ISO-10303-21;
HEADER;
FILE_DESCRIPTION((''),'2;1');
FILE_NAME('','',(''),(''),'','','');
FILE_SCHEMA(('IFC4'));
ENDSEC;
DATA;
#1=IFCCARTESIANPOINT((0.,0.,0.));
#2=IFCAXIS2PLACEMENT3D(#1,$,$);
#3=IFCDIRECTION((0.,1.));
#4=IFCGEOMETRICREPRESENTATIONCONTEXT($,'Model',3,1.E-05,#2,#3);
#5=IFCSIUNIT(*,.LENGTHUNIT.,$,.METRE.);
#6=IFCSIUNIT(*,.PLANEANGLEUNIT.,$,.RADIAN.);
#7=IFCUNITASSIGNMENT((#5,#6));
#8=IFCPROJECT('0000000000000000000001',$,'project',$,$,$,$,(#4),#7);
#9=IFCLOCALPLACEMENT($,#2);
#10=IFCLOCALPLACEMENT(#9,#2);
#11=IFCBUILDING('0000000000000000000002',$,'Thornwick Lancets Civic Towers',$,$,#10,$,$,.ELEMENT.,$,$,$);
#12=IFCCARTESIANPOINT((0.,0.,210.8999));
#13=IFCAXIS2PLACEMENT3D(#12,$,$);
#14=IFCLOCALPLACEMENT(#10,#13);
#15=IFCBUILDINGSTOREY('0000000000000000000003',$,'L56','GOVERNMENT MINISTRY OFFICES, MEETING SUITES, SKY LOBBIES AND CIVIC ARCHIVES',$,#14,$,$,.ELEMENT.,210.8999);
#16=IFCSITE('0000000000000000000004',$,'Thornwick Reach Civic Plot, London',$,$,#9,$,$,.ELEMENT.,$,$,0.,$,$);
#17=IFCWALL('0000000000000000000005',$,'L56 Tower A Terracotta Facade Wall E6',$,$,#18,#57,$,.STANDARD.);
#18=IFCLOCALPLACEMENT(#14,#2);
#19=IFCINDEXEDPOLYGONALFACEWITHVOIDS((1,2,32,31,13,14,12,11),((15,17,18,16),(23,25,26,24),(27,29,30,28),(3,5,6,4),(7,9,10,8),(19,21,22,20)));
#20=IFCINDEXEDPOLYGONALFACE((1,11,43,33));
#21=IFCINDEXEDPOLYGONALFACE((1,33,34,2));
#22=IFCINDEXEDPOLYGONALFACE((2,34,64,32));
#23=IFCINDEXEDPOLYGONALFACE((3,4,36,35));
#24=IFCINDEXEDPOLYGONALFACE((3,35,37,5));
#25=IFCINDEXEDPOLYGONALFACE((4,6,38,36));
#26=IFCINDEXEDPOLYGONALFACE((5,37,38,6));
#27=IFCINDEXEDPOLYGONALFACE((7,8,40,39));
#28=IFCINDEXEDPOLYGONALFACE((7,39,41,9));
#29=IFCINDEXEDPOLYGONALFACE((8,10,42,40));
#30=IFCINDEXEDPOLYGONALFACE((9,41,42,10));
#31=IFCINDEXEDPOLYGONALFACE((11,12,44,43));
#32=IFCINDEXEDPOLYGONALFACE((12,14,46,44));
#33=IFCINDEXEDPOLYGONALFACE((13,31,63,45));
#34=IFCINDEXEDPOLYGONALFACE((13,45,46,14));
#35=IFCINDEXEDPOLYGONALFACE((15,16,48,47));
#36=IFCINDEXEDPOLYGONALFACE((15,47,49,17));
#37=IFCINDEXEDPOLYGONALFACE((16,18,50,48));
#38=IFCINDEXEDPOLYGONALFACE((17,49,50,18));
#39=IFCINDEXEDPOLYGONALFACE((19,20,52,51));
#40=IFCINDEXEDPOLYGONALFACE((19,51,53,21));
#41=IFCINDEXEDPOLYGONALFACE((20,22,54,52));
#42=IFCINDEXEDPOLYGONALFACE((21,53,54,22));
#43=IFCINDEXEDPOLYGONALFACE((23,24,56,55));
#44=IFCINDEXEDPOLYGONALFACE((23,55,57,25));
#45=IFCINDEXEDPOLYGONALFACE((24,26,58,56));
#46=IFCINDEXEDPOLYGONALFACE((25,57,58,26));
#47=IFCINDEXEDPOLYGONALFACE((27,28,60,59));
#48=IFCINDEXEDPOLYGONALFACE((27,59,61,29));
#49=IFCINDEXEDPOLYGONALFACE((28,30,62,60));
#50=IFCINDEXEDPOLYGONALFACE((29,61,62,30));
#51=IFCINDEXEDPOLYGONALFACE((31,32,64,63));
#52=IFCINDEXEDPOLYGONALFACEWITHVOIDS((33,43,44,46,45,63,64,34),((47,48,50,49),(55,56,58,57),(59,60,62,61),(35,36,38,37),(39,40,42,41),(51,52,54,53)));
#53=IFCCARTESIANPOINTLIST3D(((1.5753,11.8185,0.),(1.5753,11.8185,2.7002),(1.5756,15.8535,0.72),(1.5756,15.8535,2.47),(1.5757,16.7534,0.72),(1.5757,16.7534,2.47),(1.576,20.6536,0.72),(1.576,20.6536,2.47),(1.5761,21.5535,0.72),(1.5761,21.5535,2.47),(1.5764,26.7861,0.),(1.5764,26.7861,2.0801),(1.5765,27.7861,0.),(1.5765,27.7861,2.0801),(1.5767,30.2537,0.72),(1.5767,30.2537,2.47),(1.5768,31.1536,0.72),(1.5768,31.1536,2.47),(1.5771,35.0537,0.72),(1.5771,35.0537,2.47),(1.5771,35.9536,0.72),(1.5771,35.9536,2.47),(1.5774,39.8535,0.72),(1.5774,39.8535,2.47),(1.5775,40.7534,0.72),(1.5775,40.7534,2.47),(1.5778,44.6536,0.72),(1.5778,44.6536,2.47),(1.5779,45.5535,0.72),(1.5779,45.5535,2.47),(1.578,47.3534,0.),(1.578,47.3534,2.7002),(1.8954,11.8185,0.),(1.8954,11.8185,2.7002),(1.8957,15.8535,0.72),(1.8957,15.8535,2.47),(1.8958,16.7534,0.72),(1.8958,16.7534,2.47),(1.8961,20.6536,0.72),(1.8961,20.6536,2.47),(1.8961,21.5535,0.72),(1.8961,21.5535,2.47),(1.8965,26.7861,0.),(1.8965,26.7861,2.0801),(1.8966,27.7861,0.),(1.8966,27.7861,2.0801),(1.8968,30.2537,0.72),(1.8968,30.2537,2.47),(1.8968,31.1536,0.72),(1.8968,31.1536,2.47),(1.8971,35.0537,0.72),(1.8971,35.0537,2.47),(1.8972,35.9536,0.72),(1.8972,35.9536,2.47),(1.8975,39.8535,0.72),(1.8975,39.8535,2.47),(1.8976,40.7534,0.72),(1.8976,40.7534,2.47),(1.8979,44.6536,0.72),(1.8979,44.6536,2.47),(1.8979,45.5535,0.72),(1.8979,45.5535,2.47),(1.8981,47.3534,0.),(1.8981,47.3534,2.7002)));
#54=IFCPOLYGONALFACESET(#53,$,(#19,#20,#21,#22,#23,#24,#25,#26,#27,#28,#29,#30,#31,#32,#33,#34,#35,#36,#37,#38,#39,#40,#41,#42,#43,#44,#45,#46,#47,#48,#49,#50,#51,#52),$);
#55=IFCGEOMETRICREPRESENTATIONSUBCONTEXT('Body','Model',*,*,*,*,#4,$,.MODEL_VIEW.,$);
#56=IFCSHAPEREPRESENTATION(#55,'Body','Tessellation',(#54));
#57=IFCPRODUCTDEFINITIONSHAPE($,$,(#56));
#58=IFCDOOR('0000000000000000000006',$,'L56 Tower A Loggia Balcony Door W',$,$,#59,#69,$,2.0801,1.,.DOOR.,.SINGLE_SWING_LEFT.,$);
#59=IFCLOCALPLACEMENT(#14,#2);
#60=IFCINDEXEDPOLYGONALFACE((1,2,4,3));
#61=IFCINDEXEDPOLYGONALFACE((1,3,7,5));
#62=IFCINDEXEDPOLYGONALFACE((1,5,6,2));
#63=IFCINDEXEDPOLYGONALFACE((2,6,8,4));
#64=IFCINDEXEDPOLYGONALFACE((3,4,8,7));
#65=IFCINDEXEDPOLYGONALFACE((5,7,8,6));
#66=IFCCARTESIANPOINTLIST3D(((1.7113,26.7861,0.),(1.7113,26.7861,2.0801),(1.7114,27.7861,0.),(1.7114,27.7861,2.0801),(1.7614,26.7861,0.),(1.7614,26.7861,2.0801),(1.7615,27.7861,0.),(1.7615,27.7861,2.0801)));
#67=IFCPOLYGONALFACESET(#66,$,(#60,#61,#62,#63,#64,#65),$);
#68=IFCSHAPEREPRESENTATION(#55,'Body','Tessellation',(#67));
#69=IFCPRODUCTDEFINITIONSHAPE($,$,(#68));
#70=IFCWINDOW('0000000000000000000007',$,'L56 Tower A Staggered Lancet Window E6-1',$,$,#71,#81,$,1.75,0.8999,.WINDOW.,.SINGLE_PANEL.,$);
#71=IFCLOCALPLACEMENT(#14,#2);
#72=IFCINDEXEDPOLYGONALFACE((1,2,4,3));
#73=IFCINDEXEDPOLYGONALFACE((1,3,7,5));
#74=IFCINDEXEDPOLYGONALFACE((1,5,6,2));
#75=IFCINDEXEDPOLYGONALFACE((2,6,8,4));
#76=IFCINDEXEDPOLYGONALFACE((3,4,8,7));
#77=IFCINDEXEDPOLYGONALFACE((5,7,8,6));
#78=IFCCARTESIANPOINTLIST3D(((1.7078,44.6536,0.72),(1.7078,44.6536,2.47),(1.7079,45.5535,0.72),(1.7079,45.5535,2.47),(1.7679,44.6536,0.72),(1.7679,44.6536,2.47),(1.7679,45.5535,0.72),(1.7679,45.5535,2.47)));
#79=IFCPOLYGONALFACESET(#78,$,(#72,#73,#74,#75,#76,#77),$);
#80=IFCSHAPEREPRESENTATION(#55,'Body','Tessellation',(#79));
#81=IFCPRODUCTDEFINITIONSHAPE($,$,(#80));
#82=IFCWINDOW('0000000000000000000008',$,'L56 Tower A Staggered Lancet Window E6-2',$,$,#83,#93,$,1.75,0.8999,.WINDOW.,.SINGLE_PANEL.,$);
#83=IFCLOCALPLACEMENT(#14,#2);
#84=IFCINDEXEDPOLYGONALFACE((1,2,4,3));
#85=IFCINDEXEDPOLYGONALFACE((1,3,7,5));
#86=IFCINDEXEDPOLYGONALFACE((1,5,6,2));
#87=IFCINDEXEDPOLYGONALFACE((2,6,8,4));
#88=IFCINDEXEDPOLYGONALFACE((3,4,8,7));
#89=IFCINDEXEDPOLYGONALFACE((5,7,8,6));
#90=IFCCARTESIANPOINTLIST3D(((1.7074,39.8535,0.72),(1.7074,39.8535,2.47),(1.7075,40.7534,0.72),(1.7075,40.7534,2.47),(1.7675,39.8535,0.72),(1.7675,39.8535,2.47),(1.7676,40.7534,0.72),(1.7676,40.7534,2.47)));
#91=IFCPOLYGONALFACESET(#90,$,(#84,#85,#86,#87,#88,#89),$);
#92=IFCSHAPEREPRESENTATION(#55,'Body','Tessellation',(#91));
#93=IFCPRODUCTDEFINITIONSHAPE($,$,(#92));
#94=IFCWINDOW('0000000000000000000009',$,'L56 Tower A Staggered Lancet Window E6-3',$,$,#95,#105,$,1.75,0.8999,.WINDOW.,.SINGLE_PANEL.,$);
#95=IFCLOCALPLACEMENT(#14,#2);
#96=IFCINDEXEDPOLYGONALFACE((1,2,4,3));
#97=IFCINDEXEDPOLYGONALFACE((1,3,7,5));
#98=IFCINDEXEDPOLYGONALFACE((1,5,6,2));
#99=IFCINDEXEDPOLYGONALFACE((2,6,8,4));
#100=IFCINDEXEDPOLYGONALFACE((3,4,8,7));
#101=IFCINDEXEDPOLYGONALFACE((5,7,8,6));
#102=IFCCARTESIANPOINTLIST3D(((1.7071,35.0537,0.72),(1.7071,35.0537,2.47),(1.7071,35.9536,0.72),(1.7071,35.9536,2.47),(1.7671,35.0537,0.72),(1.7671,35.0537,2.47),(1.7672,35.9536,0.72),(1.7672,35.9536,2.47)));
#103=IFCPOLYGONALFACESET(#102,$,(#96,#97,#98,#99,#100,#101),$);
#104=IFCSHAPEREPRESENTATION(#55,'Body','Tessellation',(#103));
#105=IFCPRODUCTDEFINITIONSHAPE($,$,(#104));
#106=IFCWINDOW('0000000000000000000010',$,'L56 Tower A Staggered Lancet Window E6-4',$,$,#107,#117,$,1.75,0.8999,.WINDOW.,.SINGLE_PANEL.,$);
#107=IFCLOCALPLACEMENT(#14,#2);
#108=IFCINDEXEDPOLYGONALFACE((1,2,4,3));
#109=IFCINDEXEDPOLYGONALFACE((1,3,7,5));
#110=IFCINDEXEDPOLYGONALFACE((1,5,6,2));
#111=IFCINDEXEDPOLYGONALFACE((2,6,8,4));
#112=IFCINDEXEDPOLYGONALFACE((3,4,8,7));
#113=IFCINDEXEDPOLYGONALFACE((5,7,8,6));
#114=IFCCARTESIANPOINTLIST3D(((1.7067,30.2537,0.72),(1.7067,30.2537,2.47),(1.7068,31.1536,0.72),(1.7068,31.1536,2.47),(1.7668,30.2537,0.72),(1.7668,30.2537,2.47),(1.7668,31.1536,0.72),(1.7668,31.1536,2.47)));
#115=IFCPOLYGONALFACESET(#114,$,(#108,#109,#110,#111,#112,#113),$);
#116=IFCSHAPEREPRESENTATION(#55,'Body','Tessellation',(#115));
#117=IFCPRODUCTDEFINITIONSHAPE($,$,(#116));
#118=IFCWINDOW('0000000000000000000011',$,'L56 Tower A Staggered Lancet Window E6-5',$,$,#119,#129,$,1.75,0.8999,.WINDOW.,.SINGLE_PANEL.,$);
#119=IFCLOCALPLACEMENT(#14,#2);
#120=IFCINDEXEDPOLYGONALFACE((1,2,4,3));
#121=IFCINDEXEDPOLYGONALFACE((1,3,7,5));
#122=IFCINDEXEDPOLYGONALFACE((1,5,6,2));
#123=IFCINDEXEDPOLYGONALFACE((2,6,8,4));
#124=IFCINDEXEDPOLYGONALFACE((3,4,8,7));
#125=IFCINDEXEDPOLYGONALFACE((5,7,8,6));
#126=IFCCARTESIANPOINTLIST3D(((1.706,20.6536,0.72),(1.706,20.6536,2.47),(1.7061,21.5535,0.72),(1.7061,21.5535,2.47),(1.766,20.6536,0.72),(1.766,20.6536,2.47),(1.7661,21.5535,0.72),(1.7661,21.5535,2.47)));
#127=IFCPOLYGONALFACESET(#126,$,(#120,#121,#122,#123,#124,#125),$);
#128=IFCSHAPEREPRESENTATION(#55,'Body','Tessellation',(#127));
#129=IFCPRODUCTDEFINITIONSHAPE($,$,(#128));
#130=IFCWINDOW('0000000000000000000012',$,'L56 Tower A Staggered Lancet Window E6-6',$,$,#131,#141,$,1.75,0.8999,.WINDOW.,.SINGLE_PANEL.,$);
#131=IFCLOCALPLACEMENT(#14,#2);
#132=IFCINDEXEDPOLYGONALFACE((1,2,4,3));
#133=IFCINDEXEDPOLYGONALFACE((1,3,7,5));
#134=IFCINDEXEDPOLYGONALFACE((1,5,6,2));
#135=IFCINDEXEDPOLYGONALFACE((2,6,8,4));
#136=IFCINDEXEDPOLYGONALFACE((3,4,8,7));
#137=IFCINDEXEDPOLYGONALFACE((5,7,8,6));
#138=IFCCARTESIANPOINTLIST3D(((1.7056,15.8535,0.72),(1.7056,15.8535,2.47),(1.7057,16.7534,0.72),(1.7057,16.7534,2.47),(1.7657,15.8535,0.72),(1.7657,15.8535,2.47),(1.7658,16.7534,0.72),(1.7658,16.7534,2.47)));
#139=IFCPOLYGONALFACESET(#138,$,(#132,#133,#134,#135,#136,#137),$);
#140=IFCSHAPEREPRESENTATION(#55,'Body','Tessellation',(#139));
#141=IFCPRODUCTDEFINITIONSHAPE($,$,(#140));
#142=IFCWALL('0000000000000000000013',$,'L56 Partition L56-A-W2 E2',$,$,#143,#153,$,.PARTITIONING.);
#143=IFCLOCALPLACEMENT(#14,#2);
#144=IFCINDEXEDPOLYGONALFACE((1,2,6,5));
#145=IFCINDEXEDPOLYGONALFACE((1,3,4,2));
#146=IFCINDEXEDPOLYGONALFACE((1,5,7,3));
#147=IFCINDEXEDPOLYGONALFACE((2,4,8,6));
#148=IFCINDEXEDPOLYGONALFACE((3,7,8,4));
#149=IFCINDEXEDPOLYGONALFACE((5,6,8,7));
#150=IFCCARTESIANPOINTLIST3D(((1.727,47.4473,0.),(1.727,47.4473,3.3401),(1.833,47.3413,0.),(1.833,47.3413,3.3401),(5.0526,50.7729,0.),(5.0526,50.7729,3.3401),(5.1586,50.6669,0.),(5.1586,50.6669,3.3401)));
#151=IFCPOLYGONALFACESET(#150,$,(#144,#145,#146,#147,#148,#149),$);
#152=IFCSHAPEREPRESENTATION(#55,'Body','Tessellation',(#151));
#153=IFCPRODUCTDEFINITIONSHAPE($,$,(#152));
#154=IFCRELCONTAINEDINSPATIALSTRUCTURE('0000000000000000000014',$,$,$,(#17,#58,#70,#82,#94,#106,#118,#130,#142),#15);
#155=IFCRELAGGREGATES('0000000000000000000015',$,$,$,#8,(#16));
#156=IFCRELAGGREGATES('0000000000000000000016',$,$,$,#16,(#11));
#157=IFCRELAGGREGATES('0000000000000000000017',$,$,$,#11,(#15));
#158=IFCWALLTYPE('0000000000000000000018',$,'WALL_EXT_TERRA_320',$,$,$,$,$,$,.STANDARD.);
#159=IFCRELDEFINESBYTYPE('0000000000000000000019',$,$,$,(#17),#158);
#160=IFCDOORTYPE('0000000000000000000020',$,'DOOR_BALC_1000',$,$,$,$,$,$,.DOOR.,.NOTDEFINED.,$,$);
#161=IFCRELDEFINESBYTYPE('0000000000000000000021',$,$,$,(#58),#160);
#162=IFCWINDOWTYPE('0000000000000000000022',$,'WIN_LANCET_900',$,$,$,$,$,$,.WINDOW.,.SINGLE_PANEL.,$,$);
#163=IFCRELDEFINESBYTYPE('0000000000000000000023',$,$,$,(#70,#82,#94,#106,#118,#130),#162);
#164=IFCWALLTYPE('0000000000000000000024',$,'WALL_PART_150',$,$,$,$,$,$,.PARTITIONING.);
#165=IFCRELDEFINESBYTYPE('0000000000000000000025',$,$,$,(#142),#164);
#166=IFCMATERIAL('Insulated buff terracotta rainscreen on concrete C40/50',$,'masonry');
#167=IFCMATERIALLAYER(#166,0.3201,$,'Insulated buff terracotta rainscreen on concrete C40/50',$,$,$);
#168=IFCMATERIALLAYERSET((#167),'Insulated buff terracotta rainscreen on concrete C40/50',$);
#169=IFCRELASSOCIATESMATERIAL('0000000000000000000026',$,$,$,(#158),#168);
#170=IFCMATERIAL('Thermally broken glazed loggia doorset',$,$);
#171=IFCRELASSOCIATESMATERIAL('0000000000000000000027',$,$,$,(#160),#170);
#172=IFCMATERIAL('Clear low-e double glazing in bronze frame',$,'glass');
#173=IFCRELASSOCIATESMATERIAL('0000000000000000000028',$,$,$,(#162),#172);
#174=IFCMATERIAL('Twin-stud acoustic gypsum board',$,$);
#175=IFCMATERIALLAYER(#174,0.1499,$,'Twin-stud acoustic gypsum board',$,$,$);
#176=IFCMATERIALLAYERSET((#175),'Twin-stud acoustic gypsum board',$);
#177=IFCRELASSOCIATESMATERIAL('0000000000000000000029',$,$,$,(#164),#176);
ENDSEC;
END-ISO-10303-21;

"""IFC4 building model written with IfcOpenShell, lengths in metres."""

from ifc_helpers import new_model, si_unit, direction, frame, frame_2d, origin, place, context, subcontext, project, spatial, rectangle, extrude, material, layer, layer_set, type_object, element, fill, save


model = new_model("IFC4")

# Units and contexts
model_context = context("Model", 3, precision=1e-05, world=origin(), true_north=direction((0.0, 1.0)))
body_context = subcontext(model_context, "Body", "Model", "MODEL_VIEW")
ifc_project = project(units=[si_unit("LENGTHUNIT", "METRE"), si_unit("PLANEANGLEUNIT", "RADIAN")], contexts=[model_context])

# Site, building, storey
site_placement = place(None, origin())
site = spatial("IfcSite", under=ifc_project, at=site_placement, Name="Thornwick Reach Civic Plot, London", CompositionType="ELEMENT", RefElevation=0.0)
building_placement = place(site_placement, origin())
building = spatial("IfcBuilding", under=site, at=building_placement, Name="Thornwick Lancets Civic Towers", CompositionType="ELEMENT")
storey_placement = place(building_placement, frame((0.0, 0.0, 210.8999)))
storey = spatial("IfcBuildingStorey", under=building, at=storey_placement, Name="L56", Description="GOVERNMENT MINISTRY OFFICES, MEETING SUITES, SKY LOBBIES AND CIVIC ARCHIVES", CompositionType="ELEMENT", Elevation=210.8999)

# Wall, openings, door, windows
ifc_material_1 = material(Name="Insulated buff terracotta rainscreen on concrete C40/50", Category="masonry")
ifc_layer_1 = layer(ifc_material_1, 0.3201, Name="Insulated buff terracotta rainscreen on concrete C40/50")
ifc_layer_set_1 = layer_set([ifc_layer_1], Name="Insulated buff terracotta rainscreen on concrete C40/50")
wall_type_1 = type_object("IfcWallType", Name="WALL_EXT_TERRA_320", PredefinedType="STANDARD", material=ifc_layer_set_1)
wall_1_placement = place(storey_placement, frame((1.738, 47.3535, 0.0), z_axis=(0.0, 0.0, 1.0), x_axis=(-0.000076, -1.0, 0.0)))
wall_1 = element("IfcWall", 1, at=wall_1_placement, inside=storey, type_object=wall_type_1, Name="L56 Tower A Terracotta Facade Wall E6", PredefinedType="STANDARD", context=body_context, shape_type="SweptSolid", body=[
    extrude(rectangle(XDim=35.5349, YDim=0.3201, at=frame_2d((17.7676, 0.0))), origin(), (0.0, 0.0, 1.0), 2.7002),
])
opening_1_placement = place(wall_1_placement, frame((19.5674, 0.0, 0.0)))
opening_1 = element("IfcOpeningElement", 2, at=opening_1_placement, cuts=wall_1, PredefinedType="OPENING", context=body_context, shape_type="SweptSolid", body=[
    extrude(rectangle(XDim=1.0, YDim=2.0801, at=frame_2d((0.5, 1.04))), frame((0.0, 0.1699, 0.0), z_axis=(0.0, -1.0, 0.0), x_axis=(1.0, 0.0, 0.0)), (0.0, 0.0, 1.0), 0.3401),
])
opening_2_placement = place(wall_1_placement, frame((1.8, 0.0, 0.72)))
opening_2 = element("IfcOpeningElement", 3, at=opening_2_placement, cuts=wall_1, PredefinedType="OPENING", context=body_context, shape_type="SweptSolid", body=[
    extrude(rectangle(XDim=0.8999, YDim=1.75, at=frame_2d((0.45, 0.875))), frame((0.0, 0.1699, 0.0), z_axis=(0.0, -1.0, 0.0), x_axis=(1.0, 0.0, 0.0)), (0.0, 0.0, 1.0), 0.3401),
])
opening_3_placement = place(wall_1_placement, frame((6.6001, 0.0, 0.72)))
opening_3 = element("IfcOpeningElement", 4, at=opening_3_placement, cuts=wall_1, PredefinedType="OPENING", context=body_context, shape_type="SweptSolid", body=[
    extrude(rectangle(XDim=0.8999, YDim=1.75, at=frame_2d((0.45, 0.875))), frame((0.0, 0.1699, 0.0), z_axis=(0.0, -1.0, 0.0), x_axis=(1.0, 0.0, 0.0)), (0.0, 0.0, 1.0), 0.3401),
])
opening_4_placement = place(wall_1_placement, frame((11.3999, 0.0, 0.72)))
opening_4 = element("IfcOpeningElement", 5, at=opening_4_placement, cuts=wall_1, PredefinedType="OPENING", context=body_context, shape_type="SweptSolid", body=[
    extrude(rectangle(XDim=0.8999, YDim=1.75, at=frame_2d((0.45, 0.875))), frame((0.0, 0.1699, 0.0), z_axis=(0.0, -1.0, 0.0), x_axis=(1.0, 0.0, 0.0)), (0.0, 0.0, 1.0), 0.3401),
])
opening_5_placement = place(wall_1_placement, frame((16.2, 0.0, 0.72)))
opening_5 = element("IfcOpeningElement", 6, at=opening_5_placement, cuts=wall_1, PredefinedType="OPENING", context=body_context, shape_type="SweptSolid", body=[
    extrude(rectangle(XDim=0.8999, YDim=1.75, at=frame_2d((0.45, 0.875))), frame((0.0, 0.1699, 0.0), z_axis=(0.0, -1.0, 0.0), x_axis=(1.0, 0.0, 0.0)), (0.0, 0.0, 1.0), 0.3401),
])
opening_6_placement = place(wall_1_placement, frame((25.8, 0.0, 0.72)))
opening_6 = element("IfcOpeningElement", 7, at=opening_6_placement, cuts=wall_1, PredefinedType="OPENING", context=body_context, shape_type="SweptSolid", body=[
    extrude(rectangle(XDim=0.8999, YDim=1.75, at=frame_2d((0.45, 0.875))), frame((0.0, 0.1699, 0.0), z_axis=(0.0, -1.0, 0.0), x_axis=(1.0, 0.0, 0.0)), (0.0, 0.0, 1.0), 0.3401),
])
opening_7_placement = place(wall_1_placement, frame((30.6001, 0.0, 0.72)))
opening_7 = element("IfcOpeningElement", 8, at=opening_7_placement, cuts=wall_1, PredefinedType="OPENING", context=body_context, shape_type="SweptSolid", body=[
    extrude(rectangle(XDim=0.8999, YDim=1.75, at=frame_2d((0.45, 0.875))), frame((0.0, 0.1699, 0.0), z_axis=(0.0, -1.0, 0.0), x_axis=(1.0, 0.0, 0.0)), (0.0, 0.0, 1.0), 0.3401),
])
ifc_material_2 = material(Name="Thermally broken glazed loggia doorset")
door_type = type_object("IfcDoorType", Name="DOOR_BALC_1000", OperationType="NOTDEFINED", PredefinedType="DOOR", material=ifc_material_2)
door_placement = place(opening_1_placement, origin())
door = element("IfcDoor", 9, at=door_placement, inside=storey, type_object=door_type, Name="L56 Tower A Loggia Balcony Door W", OperationType="SINGLE_SWING_LEFT", OverallHeight=2.0801, OverallWidth=1.0, PredefinedType="DOOR", context=body_context, shape_type="SweptSolid", body=[
    extrude(rectangle(XDim=1.0, YDim=2.0801, at=frame_2d((0.5, 1.04))), frame((0.0, 0.0249, 0.0), z_axis=(0.0, -1.0, 0.0), x_axis=(1.0, 0.0, 0.0)), (0.0, 0.0, 1.0), 0.05),
])
fill(opening_1, door)
ifc_material_3 = material(Name="Clear low-e double glazing in bronze frame", Category="glass")
window_type = type_object("IfcWindowType", Name="WIN_LANCET_900", PartitioningType="SINGLE_PANEL", PredefinedType="WINDOW", material=ifc_material_3)
window_1_placement = place(opening_2_placement, origin())
window_1 = element("IfcWindow", 10, at=window_1_placement, inside=storey, type_object=window_type, Name="L56 Tower A Staggered Lancet Window E6-1", OverallHeight=1.75, OverallWidth=0.8999, PartitioningType="SINGLE_PANEL", PredefinedType="WINDOW", context=body_context, shape_type="SweptSolid", body=[
    extrude(rectangle(XDim=0.8999, YDim=1.75, at=frame_2d((0.45, 0.875))), frame((0.0, 0.03, 0.0), z_axis=(0.0, -1.0, 0.0), x_axis=(1.0, 0.0, 0.0)), (0.0, 0.0, 1.0), 0.0601),
])
fill(opening_2, window_1)
window_2_placement = place(opening_3_placement, origin())
window_2 = element("IfcWindow", 11, at=window_2_placement, inside=storey, type_object=window_type, Name="L56 Tower A Staggered Lancet Window E6-2", OverallHeight=1.75, OverallWidth=0.8999, PartitioningType="SINGLE_PANEL", PredefinedType="WINDOW", context=body_context, shape_type="SweptSolid", body=[
    extrude(rectangle(XDim=0.8999, YDim=1.75, at=frame_2d((0.45, 0.875))), frame((0.0, 0.03, 0.0), z_axis=(0.0, -1.0, 0.0), x_axis=(1.0, 0.0, 0.0)), (0.0, 0.0, 1.0), 0.0601),
])
fill(opening_3, window_2)
window_3_placement = place(opening_4_placement, origin())
window_3 = element("IfcWindow", 12, at=window_3_placement, inside=storey, type_object=window_type, Name="L56 Tower A Staggered Lancet Window E6-3", OverallHeight=1.75, OverallWidth=0.8999, PartitioningType="SINGLE_PANEL", PredefinedType="WINDOW", context=body_context, shape_type="SweptSolid", body=[
    extrude(rectangle(XDim=0.8999, YDim=1.75, at=frame_2d((0.45, 0.875))), frame((0.0, 0.03, 0.0), z_axis=(0.0, -1.0, 0.0), x_axis=(1.0, 0.0, 0.0)), (0.0, 0.0, 1.0), 0.0601),
])
fill(opening_4, window_3)
window_4_placement = place(opening_5_placement, origin())
window_4 = element("IfcWindow", 13, at=window_4_placement, inside=storey, type_object=window_type, Name="L56 Tower A Staggered Lancet Window E6-4", OverallHeight=1.75, OverallWidth=0.8999, PartitioningType="SINGLE_PANEL", PredefinedType="WINDOW", context=body_context, shape_type="SweptSolid", body=[
    extrude(rectangle(XDim=0.8999, YDim=1.75, at=frame_2d((0.45, 0.875))), frame((0.0, 0.03, 0.0), z_axis=(0.0, -1.0, 0.0), x_axis=(1.0, 0.0, 0.0)), (0.0, 0.0, 1.0), 0.0601),
])
fill(opening_5, window_4)
window_5_placement = place(opening_6_placement, origin())
window_5 = element("IfcWindow", 14, at=window_5_placement, inside=storey, type_object=window_type, Name="L56 Tower A Staggered Lancet Window E6-5", OverallHeight=1.75, OverallWidth=0.8999, PartitioningType="SINGLE_PANEL", PredefinedType="WINDOW", context=body_context, shape_type="SweptSolid", body=[
    extrude(rectangle(XDim=0.8999, YDim=1.75, at=frame_2d((0.45, 0.875))), frame((0.0, 0.03, 0.0), z_axis=(0.0, -1.0, 0.0), x_axis=(1.0, 0.0, 0.0)), (0.0, 0.0, 1.0), 0.0601),
])
fill(opening_6, window_5)
window_6_placement = place(opening_7_placement, origin())
window_6 = element("IfcWindow", 15, at=window_6_placement, inside=storey, type_object=window_type, Name="L56 Tower A Staggered Lancet Window E6-6", OverallHeight=1.75, OverallWidth=0.8999, PartitioningType="SINGLE_PANEL", PredefinedType="WINDOW", context=body_context, shape_type="SweptSolid", body=[
    extrude(rectangle(XDim=0.8999, YDim=1.75, at=frame_2d((0.45, 0.875))), frame((0.0, 0.03, 0.0), z_axis=(0.0, -1.0, 0.0), x_axis=(1.0, 0.0, 0.0)), (0.0, 0.0, 1.0), 0.0601),
])
fill(opening_7, window_6)

# Wall
ifc_material_4 = material(Name="Twin-stud acoustic gypsum board")
ifc_layer_2 = layer(ifc_material_4, 0.1499, Name="Twin-stud acoustic gypsum board")
ifc_layer_set_2 = layer_set([ifc_layer_2], Name="Twin-stud acoustic gypsum board")
wall_type_2 = type_object("IfcWallType", Name="WALL_PART_150", PredefinedType="PARTITIONING", material=ifc_layer_set_2)
wall_2_placement = place(storey_placement, frame((1.78, 47.3943, 0.0), z_axis=(0.0, 0.0, 1.0), x_axis=(0.707107, 0.707107, 0.0)))
element("IfcWall", 16, at=wall_2_placement, inside=storey, type_object=wall_type_2, Name="L56 Partition L56-A-W2 E2", PredefinedType="PARTITIONING", context=body_context, shape_type="SweptSolid", body=[
    extrude(rectangle(XDim=4.7031, YDim=0.1499, at=frame_2d((2.3516, 0.0))), origin(), (0.0, 0.0, 1.0), 3.3401),
])

save(model, "model.ifc")
